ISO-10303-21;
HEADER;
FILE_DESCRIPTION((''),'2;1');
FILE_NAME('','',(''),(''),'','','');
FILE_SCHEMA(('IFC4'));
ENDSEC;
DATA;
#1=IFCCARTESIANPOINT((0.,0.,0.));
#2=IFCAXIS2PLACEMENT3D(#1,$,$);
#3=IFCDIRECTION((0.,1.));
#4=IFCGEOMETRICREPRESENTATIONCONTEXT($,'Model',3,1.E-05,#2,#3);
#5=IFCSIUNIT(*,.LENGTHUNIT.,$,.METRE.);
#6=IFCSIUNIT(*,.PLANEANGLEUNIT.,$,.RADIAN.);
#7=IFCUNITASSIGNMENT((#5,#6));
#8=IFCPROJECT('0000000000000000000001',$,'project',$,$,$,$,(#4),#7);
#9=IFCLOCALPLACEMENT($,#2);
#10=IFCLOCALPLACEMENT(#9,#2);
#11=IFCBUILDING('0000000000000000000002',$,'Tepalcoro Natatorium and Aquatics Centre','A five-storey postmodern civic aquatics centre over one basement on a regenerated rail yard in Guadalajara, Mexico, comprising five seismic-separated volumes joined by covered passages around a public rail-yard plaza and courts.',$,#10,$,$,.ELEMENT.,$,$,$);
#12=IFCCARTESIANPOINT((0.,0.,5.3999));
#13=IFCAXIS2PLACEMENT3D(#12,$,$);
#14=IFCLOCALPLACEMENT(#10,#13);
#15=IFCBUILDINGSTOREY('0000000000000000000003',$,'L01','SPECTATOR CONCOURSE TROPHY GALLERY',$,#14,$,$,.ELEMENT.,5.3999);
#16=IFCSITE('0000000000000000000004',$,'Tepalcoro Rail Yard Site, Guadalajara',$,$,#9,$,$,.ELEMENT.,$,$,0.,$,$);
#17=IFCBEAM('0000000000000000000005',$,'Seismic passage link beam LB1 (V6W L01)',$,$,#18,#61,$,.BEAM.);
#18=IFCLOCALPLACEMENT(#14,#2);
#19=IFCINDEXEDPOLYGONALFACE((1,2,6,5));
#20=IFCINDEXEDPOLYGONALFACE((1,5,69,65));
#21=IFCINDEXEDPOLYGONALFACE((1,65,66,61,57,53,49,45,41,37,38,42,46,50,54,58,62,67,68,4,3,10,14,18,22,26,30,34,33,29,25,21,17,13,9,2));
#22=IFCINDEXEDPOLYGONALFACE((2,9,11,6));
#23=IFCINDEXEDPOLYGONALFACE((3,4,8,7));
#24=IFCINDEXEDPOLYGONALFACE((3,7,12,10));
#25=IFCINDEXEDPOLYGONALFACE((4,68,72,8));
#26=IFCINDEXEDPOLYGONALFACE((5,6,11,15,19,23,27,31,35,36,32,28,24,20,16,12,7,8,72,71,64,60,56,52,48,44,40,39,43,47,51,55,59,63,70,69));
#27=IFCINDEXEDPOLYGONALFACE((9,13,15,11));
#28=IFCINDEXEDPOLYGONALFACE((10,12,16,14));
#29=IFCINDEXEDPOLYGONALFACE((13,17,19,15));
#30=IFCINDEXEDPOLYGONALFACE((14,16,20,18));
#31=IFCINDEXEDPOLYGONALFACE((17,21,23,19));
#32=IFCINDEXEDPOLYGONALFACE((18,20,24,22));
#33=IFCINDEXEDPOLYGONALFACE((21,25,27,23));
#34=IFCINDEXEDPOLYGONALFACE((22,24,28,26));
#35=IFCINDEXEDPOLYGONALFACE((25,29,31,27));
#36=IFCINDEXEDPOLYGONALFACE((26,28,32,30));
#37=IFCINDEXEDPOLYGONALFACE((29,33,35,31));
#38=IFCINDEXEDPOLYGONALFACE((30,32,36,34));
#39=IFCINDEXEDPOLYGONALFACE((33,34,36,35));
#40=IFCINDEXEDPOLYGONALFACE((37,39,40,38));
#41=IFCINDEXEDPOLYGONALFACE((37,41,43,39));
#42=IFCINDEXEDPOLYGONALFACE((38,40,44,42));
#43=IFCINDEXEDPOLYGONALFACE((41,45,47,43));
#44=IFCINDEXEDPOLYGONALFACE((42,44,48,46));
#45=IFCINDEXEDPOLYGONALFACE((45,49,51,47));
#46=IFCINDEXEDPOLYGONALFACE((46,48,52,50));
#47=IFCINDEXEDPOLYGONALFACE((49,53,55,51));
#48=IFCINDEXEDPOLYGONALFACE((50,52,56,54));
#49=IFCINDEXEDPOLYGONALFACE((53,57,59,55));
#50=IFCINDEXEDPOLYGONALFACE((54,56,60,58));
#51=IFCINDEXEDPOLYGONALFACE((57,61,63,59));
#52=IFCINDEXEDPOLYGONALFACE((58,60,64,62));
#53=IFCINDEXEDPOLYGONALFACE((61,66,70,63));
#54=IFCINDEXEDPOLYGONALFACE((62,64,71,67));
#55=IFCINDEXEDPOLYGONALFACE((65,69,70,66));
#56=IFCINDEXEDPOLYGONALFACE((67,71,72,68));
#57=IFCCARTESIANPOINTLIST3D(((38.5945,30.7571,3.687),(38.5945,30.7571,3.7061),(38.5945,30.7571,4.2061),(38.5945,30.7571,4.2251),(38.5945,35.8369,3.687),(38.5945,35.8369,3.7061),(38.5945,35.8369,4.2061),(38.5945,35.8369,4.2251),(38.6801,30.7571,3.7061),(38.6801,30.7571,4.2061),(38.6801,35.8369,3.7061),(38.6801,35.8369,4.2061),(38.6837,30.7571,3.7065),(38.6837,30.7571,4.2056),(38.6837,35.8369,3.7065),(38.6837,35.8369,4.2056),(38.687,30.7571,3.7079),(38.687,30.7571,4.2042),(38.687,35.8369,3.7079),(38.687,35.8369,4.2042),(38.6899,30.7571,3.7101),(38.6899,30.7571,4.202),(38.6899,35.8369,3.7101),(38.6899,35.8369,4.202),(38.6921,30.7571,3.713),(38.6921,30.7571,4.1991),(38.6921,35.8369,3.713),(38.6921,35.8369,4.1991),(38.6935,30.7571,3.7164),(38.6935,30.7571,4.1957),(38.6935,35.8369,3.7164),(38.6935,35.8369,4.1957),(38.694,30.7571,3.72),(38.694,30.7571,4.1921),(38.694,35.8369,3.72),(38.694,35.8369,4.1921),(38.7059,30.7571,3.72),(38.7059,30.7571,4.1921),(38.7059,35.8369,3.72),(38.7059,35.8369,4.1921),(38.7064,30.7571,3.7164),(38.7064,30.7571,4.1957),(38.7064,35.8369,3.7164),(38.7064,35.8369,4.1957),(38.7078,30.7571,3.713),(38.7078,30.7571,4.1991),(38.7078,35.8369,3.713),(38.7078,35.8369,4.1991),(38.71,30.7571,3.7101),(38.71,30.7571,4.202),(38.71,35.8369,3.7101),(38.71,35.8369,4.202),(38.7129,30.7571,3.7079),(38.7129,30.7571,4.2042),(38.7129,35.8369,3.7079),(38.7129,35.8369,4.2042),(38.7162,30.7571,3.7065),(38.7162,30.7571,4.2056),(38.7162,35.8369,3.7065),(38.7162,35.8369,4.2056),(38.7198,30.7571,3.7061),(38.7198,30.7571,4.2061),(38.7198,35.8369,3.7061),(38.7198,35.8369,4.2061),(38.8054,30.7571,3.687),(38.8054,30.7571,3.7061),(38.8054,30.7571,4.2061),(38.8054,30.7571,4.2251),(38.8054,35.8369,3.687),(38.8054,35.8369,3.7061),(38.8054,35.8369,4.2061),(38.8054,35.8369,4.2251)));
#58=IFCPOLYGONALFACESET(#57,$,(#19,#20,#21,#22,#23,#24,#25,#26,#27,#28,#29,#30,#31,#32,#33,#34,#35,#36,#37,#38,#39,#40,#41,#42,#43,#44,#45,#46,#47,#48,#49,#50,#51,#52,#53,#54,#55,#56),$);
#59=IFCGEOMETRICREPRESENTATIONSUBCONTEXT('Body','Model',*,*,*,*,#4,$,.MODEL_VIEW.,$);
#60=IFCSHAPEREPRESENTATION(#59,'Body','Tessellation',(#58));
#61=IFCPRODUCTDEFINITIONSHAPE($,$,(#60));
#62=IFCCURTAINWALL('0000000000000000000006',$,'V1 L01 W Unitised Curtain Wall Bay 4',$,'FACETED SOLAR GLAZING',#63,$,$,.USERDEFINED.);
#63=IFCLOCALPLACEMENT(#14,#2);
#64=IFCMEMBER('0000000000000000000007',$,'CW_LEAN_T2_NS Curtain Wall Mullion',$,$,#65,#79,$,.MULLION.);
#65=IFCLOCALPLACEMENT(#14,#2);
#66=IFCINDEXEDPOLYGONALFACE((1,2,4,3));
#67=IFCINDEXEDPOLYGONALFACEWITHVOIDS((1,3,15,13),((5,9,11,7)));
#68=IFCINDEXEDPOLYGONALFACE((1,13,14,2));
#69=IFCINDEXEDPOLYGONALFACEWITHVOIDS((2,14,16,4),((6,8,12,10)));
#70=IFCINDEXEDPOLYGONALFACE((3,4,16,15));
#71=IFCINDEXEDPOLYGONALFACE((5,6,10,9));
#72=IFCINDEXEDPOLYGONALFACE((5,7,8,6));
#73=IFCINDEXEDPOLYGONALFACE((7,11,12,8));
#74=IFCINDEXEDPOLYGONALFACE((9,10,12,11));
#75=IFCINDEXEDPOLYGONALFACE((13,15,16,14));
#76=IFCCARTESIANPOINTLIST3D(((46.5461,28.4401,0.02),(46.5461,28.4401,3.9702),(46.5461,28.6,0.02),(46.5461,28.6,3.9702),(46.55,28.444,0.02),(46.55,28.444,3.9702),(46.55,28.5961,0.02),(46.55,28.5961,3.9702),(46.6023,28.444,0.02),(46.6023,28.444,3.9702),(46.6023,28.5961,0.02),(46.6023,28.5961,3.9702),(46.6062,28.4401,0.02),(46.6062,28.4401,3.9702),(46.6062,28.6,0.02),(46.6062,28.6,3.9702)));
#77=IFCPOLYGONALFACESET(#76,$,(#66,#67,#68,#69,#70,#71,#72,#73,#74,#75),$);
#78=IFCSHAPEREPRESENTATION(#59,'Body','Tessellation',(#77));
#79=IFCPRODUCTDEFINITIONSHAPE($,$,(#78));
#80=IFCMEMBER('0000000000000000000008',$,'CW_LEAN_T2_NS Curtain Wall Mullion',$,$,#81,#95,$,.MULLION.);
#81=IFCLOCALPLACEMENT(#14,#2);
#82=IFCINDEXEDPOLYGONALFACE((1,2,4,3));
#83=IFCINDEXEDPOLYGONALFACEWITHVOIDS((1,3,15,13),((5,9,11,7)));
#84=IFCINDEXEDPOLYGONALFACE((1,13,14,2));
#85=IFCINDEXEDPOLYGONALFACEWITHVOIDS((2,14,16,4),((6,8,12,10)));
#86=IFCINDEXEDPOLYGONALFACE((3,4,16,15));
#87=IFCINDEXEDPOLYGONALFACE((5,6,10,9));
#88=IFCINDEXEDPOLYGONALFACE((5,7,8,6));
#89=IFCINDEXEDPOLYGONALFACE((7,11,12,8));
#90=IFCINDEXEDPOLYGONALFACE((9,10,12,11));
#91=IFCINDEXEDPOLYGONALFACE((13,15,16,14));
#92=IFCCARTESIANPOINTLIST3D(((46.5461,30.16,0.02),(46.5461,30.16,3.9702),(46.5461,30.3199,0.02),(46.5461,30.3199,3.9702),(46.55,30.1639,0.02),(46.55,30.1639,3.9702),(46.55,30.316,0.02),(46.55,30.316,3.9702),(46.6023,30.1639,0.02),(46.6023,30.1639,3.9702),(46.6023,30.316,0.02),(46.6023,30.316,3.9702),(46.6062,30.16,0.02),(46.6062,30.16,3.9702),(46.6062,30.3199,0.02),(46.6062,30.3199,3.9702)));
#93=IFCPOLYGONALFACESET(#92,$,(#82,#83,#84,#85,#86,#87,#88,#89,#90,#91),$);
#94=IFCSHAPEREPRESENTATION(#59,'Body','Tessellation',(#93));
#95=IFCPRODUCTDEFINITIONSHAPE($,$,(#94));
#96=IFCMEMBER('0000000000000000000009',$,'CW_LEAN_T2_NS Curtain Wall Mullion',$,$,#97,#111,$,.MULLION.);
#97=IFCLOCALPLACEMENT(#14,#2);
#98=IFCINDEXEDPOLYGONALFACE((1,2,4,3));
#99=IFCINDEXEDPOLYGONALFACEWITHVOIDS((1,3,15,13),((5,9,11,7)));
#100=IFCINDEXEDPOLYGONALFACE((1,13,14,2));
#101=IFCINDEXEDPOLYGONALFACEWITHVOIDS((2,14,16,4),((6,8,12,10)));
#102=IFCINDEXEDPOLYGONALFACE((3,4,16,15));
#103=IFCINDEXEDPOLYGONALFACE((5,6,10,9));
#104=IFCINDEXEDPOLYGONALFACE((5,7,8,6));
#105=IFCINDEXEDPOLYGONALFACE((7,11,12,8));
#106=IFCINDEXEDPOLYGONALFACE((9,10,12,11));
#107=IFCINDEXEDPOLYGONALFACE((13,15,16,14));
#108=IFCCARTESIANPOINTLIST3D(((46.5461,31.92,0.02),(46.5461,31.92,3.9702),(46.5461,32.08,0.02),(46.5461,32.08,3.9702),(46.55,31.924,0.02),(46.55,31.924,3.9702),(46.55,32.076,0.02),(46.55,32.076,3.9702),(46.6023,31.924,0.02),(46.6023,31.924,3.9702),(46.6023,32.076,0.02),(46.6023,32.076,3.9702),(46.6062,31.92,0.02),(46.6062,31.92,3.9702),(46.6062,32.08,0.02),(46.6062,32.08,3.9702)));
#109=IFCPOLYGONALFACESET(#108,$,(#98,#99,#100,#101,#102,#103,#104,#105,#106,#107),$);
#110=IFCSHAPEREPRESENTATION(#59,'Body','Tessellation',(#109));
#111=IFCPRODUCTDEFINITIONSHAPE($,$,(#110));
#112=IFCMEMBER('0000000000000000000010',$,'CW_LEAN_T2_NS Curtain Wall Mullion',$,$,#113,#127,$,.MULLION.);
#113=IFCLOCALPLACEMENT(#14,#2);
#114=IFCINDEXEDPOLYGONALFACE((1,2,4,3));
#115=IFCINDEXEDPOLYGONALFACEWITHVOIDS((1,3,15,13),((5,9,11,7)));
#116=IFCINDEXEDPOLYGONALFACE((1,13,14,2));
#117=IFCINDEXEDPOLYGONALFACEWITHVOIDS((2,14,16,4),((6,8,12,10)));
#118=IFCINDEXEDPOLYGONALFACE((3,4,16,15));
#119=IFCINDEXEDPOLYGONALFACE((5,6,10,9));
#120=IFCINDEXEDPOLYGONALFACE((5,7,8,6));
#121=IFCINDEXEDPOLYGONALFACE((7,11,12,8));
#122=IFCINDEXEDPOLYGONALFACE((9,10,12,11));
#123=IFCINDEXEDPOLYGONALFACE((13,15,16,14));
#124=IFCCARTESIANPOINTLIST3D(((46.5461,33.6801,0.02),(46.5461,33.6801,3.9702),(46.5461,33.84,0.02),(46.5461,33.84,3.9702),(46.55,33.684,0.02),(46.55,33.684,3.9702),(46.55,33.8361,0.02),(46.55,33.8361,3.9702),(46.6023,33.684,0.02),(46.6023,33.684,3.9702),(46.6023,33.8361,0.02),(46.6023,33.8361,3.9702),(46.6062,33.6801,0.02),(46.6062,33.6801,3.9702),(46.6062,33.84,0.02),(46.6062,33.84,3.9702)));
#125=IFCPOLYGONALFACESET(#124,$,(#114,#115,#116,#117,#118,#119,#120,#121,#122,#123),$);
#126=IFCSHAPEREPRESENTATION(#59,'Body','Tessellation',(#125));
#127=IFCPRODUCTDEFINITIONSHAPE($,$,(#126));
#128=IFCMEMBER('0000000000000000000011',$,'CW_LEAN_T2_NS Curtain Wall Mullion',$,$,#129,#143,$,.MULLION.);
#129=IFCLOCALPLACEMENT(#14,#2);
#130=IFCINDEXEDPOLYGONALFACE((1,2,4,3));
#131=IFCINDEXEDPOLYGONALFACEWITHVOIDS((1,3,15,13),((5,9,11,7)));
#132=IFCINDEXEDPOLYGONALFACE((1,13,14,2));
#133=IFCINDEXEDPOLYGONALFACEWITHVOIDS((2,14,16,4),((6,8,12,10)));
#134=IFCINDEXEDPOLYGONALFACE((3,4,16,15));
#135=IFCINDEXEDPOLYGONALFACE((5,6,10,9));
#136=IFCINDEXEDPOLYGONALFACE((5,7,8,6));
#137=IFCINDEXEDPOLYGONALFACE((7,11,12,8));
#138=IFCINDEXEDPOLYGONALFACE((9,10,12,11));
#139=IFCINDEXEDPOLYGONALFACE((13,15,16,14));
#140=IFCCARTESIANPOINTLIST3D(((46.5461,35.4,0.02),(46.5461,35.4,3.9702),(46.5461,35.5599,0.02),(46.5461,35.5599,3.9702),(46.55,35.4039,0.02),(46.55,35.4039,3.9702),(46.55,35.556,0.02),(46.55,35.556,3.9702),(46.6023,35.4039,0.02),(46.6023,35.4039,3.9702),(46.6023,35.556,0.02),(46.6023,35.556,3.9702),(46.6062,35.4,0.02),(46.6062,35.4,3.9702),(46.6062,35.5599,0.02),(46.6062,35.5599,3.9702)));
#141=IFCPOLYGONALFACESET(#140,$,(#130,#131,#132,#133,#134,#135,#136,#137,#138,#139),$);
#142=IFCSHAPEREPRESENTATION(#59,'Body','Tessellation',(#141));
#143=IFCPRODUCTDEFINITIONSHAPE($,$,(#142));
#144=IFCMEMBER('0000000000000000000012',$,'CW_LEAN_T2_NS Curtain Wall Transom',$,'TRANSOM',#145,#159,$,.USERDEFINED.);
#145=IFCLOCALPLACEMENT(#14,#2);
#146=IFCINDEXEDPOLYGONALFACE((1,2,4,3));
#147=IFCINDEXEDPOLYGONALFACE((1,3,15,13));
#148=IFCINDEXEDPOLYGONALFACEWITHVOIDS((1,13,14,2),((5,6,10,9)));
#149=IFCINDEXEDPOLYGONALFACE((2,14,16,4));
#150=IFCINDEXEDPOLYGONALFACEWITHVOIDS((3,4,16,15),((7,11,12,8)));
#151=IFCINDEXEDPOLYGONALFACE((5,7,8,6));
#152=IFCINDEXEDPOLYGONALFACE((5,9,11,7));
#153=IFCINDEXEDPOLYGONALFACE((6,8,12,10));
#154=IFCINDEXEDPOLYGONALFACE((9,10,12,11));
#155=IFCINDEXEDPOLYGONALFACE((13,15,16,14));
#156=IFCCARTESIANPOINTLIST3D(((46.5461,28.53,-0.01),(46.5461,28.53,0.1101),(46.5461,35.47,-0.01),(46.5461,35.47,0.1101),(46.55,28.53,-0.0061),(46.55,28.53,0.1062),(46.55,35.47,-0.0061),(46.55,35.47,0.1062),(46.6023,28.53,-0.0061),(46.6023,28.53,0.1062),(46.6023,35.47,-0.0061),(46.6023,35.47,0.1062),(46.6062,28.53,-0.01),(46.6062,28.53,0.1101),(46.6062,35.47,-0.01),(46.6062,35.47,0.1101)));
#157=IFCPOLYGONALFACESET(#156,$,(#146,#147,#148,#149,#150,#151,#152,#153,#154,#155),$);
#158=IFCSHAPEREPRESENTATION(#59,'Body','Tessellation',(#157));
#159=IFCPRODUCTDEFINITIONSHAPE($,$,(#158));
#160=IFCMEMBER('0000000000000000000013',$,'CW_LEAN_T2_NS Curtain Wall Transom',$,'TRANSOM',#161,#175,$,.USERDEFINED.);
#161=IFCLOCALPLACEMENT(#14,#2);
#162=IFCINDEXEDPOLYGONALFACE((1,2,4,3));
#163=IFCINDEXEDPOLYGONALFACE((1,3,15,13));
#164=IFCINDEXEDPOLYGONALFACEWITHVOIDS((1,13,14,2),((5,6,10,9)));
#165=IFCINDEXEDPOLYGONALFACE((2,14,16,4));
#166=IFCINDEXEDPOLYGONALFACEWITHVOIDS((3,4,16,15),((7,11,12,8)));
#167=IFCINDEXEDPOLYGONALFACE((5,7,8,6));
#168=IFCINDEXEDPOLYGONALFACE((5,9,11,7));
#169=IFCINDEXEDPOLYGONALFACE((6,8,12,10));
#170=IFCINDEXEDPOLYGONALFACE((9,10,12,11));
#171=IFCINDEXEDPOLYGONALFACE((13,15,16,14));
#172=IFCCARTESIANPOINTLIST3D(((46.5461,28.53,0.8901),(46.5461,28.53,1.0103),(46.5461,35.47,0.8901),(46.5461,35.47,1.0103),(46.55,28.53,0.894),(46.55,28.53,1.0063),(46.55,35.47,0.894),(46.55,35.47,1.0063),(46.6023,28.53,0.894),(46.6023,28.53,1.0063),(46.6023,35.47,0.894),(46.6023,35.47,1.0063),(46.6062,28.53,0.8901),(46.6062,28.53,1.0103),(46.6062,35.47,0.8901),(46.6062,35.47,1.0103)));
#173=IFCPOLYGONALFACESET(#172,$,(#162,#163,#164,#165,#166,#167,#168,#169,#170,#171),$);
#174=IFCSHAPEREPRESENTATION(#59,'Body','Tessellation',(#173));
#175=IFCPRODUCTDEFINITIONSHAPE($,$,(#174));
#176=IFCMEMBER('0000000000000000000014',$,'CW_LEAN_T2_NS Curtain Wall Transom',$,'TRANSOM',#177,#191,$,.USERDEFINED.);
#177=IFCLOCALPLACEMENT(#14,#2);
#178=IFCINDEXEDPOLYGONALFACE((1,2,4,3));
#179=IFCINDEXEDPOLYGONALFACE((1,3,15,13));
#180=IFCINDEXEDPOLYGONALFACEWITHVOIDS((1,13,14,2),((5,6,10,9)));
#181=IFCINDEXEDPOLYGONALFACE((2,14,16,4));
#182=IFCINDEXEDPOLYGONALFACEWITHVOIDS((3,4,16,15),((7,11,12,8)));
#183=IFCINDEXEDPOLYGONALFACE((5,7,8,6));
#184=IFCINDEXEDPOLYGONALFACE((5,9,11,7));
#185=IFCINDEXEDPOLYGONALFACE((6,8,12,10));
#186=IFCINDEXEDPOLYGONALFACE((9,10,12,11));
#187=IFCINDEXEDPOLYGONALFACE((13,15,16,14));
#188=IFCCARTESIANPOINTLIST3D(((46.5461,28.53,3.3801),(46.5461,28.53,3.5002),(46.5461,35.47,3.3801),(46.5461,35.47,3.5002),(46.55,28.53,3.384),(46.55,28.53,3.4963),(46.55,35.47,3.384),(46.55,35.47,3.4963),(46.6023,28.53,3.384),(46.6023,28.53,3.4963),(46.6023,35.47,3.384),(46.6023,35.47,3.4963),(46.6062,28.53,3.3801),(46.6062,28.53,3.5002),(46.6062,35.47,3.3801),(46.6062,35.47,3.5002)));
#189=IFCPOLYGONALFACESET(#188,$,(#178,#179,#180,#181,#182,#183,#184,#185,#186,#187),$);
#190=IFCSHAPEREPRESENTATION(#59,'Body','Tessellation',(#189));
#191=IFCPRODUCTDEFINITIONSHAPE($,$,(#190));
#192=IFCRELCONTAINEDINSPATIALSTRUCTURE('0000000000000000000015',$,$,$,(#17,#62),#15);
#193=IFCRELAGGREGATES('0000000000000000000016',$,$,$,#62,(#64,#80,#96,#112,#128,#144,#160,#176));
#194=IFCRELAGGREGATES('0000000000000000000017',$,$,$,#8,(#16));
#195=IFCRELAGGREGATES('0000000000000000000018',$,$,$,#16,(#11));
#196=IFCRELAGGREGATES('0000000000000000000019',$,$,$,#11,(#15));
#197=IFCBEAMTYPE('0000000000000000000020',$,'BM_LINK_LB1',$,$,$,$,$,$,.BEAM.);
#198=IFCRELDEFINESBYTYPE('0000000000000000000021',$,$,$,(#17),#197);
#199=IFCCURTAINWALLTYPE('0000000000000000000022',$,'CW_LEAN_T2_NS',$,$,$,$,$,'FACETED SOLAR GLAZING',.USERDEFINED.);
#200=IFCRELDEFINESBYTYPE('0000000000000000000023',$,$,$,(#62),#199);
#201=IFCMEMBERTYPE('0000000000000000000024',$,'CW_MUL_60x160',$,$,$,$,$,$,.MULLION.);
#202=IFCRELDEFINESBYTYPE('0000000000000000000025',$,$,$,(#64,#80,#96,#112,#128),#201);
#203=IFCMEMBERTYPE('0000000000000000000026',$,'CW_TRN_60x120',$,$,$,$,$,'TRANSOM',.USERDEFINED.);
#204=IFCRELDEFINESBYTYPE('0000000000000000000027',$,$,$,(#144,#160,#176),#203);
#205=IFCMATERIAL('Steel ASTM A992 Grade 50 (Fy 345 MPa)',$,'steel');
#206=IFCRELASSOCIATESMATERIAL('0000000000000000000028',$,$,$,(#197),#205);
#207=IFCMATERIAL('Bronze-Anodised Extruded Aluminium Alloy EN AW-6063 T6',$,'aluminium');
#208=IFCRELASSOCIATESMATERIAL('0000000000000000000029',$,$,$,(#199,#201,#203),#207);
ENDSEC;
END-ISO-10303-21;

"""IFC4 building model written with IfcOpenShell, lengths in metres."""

from ifc_helpers import new_model, si_unit, direction, frame, origin, origin_2d, place, context, subcontext, project, spatial, hollow_rectangle, i_section, extrude, material, material_profile, profile_set, type_object, element, aggregate, save


model = new_model("IFC4")

# Units and contexts
model_context = context("Model", 3, precision=1e-05, world=origin(), true_north=direction((0.0, 1.0)))
body_context = subcontext(model_context, "Body", "Model", "MODEL_VIEW")
ifc_project = project(units=[si_unit("LENGTHUNIT", "METRE"), si_unit("PLANEANGLEUNIT", "RADIAN")], contexts=[model_context])

# Site, building, storey
site_placement = place(None, origin())
site = spatial("IfcSite", under=ifc_project, at=site_placement, Name="Tepalcoro Rail Yard Site, Guadalajara", CompositionType="ELEMENT", RefElevation=0.0)
building_placement = place(site_placement, origin())
building = spatial("IfcBuilding", under=site, at=building_placement, Name="Tepalcoro Natatorium and Aquatics Centre", Description="A five-storey postmodern civic aquatics centre over one basement on a regenerated rail yard in Guadalajara, Mexico, comprising five seismic-separated volumes joined by covered passages around a public rail-yard plaza and courts.", CompositionType="ELEMENT")
storey_placement = place(building_placement, frame((0.0, 0.0, 5.3999)))
storey = spatial("IfcBuildingStorey", under=building, at=storey_placement, Name="L01", Description="SPECTATOR CONCOURSE TROPHY GALLERY", CompositionType="ELEMENT", Elevation=5.3999)

# Shared definitions
ifc_material_1 = material(Name="Steel ASTM A992 Grade 50 (Fy 345 MPa)", Category="steel")

# Beam
ifc_material_profile_1 = material_profile(ifc_material_1, i_section(OverallWidth=0.2109, OverallDepth=0.5381, WebThickness=0.012, FlangeThickness=0.019, FilletRadius=0.0139, at=origin_2d()), Name="W21X73")
ifc_profile_set_1 = profile_set([ifc_material_profile_1], Name="Steel ASTM A992 Grade 50 (Fy 345 MPa)")
beam_type = type_object("IfcBeamType", Name="BM_LINK_LB1", PredefinedType="BEAM", material=ifc_profile_set_1)
beam_1_placement = place(storey_placement, frame((38.7, 30.7571, 3.9561), z_axis=(0.0, 1.0, 0.0), x_axis=(-1.0, 0.0, 0.0)))
element("IfcBeam", 1, at=beam_1_placement, inside=storey, type_object=beam_type, Name="Seismic passage link beam LB1 (V6W L01)", PredefinedType="BEAM", context=body_context, shape_type="SweptSolid", body=[
    extrude(i_section(OverallWidth=0.2109, OverallDepth=0.5381, WebThickness=0.012, FlangeThickness=0.019, FilletRadius=0.0139, at=origin_2d()), origin(), (0.0, 0.0, 1.0), 5.0798),
])

# Curtain wall, members
ifc_material_2 = material(Name="Bronze-Anodised Extruded Aluminium Alloy EN AW-6063 T6", Category="aluminium")
curtain_wall_type = type_object("IfcCurtainWallType", Name="CW_LEAN_T2_NS", ElementType="FACETED SOLAR GLAZING", PredefinedType="USERDEFINED", material=ifc_material_2)
curtain_wall_placement = place(storey_placement, origin())
curtain_wall = element("IfcCurtainWall", 2, at=curtain_wall_placement, inside=storey, type_object=curtain_wall_type, Name="V1 L01 W Unitised Curtain Wall Bay 4", ObjectType="FACETED SOLAR GLAZING", PredefinedType="USERDEFINED")
ifc_material_profile_2 = material_profile(ifc_material_2, hollow_rectangle(XDim=0.0601, YDim=0.1599, WallThickness=0.0039, at=origin_2d()), Name="AL60X160X4")
ifc_profile_set_2 = profile_set([ifc_material_profile_2], Name="Bronze-Anodised Extruded Aluminium Alloy EN AW-6063 T6")
member_type_1 = type_object("IfcMemberType", Name="CW_MUL_60x160", PredefinedType="MULLION", material=ifc_profile_set_2)
member_1_placement = place(storey_placement, frame((46.5762, 28.52, 0.02), z_axis=(0.0, 0.0, 1.0), x_axis=(1.0, 0.0, 0.0)))
member_1 = element("IfcMember", 3, at=member_1_placement, type_object=member_type_1, Name="CW_LEAN_T2_NS Curtain Wall Mullion", PredefinedType="MULLION", context=body_context, shape_type="SweptSolid", body=[
    extrude(hollow_rectangle(XDim=0.0601, YDim=0.1599, WallThickness=0.0039, at=origin_2d()), origin(), (0.0, 0.0, 1.0), 3.9502),
])
member_2_placement = place(storey_placement, frame((46.5762, 30.24, 0.02), z_axis=(0.0, 0.0, 1.0), x_axis=(1.0, 0.0, 0.0)))
member_2 = element("IfcMember", 4, at=member_2_placement, type_object=member_type_1, Name="CW_LEAN_T2_NS Curtain Wall Mullion", PredefinedType="MULLION", context=body_context, shape_type="SweptSolid", body=[
    extrude(hollow_rectangle(XDim=0.0601, YDim=0.1599, WallThickness=0.0039, at=origin_2d()), origin(), (0.0, 0.0, 1.0), 3.9502),
])
member_3_placement = place(storey_placement, frame((46.5762, 32.0, 0.02), z_axis=(0.0, 0.0, 1.0), x_axis=(1.0, 0.0, 0.0)))
member_3 = element("IfcMember", 5, at=member_3_placement, type_object=member_type_1, Name="CW_LEAN_T2_NS Curtain Wall Mullion", PredefinedType="MULLION", context=body_context, shape_type="SweptSolid", body=[
    extrude(hollow_rectangle(XDim=0.0601, YDim=0.1599, WallThickness=0.0039, at=origin_2d()), origin(), (0.0, 0.0, 1.0), 3.9502),
])
member_4_placement = place(storey_placement, frame((46.5762, 33.76, 0.02), z_axis=(0.0, 0.0, 1.0), x_axis=(1.0, 0.0, 0.0)))
member_4 = element("IfcMember", 6, at=member_4_placement, type_object=member_type_1, Name="CW_LEAN_T2_NS Curtain Wall Mullion", PredefinedType="MULLION", context=body_context, shape_type="SweptSolid", body=[
    extrude(hollow_rectangle(XDim=0.0601, YDim=0.1599, WallThickness=0.0039, at=origin_2d()), origin(), (0.0, 0.0, 1.0), 3.9502),
])
member_5_placement = place(storey_placement, frame((46.5762, 35.48, 0.02), z_axis=(0.0, 0.0, 1.0), x_axis=(1.0, 0.0, 0.0)))
member_5 = element("IfcMember", 7, at=member_5_placement, type_object=member_type_1, Name="CW_LEAN_T2_NS Curtain Wall Mullion", PredefinedType="MULLION", context=body_context, shape_type="SweptSolid", body=[
    extrude(hollow_rectangle(XDim=0.0601, YDim=0.1599, WallThickness=0.0039, at=origin_2d()), origin(), (0.0, 0.0, 1.0), 3.9502),
])
ifc_material_profile_3 = material_profile(ifc_material_2, hollow_rectangle(XDim=0.0601, YDim=0.1201, WallThickness=0.0039, at=origin_2d()), Name="AL60X120X4")
ifc_profile_set_3 = profile_set([ifc_material_profile_3], Name="Bronze-Anodised Extruded Aluminium Alloy EN AW-6063 T6")
member_type_2 = type_object("IfcMemberType", Name="CW_TRN_60x120", ElementType="TRANSOM", PredefinedType="USERDEFINED", material=ifc_profile_set_3)
member_6_placement = place(storey_placement, frame((46.5762, 28.53, 0.05), z_axis=(0.0, 1.0, 0.0), x_axis=(-1.0, 0.0, 0.0)))
member_6 = element("IfcMember", 8, at=member_6_placement, type_object=member_type_2, Name="CW_LEAN_T2_NS Curtain Wall Transom", ObjectType="TRANSOM", PredefinedType="USERDEFINED", context=body_context, shape_type="SweptSolid", body=[
    extrude(hollow_rectangle(XDim=0.0601, YDim=0.1201, WallThickness=0.0039, at=origin_2d()), origin(), (0.0, 0.0, 1.0), 6.9399),
])
member_7_placement = place(storey_placement, frame((46.5762, 28.53, 0.9502), z_axis=(0.0, 1.0, 0.0), x_axis=(-1.0, 0.0, 0.0)))
member_7 = element("IfcMember", 9, at=member_7_placement, type_object=member_type_2, Name="CW_LEAN_T2_NS Curtain Wall Transom", ObjectType="TRANSOM", PredefinedType="USERDEFINED", context=body_context, shape_type="SweptSolid", body=[
    extrude(hollow_rectangle(XDim=0.0601, YDim=0.1201, WallThickness=0.0039, at=origin_2d()), origin(), (0.0, 0.0, 1.0), 6.9399),
])
member_8_placement = place(storey_placement, frame((46.5762, 28.53, 3.4402), z_axis=(0.0, 1.0, 0.0), x_axis=(-1.0, 0.0, 0.0)))
member_8 = element("IfcMember", 10, at=member_8_placement, type_object=member_type_2, Name="CW_LEAN_T2_NS Curtain Wall Transom", ObjectType="TRANSOM", PredefinedType="USERDEFINED", context=body_context, shape_type="SweptSolid", body=[
    extrude(hollow_rectangle(XDim=0.0601, YDim=0.1201, WallThickness=0.0039, at=origin_2d()), origin(), (0.0, 0.0, 1.0), 6.9399),
])
aggregate(curtain_wall, [member_1, member_2, member_3, member_4, member_5, member_6, member_7, member_8])

save(model, "model.ifc")
